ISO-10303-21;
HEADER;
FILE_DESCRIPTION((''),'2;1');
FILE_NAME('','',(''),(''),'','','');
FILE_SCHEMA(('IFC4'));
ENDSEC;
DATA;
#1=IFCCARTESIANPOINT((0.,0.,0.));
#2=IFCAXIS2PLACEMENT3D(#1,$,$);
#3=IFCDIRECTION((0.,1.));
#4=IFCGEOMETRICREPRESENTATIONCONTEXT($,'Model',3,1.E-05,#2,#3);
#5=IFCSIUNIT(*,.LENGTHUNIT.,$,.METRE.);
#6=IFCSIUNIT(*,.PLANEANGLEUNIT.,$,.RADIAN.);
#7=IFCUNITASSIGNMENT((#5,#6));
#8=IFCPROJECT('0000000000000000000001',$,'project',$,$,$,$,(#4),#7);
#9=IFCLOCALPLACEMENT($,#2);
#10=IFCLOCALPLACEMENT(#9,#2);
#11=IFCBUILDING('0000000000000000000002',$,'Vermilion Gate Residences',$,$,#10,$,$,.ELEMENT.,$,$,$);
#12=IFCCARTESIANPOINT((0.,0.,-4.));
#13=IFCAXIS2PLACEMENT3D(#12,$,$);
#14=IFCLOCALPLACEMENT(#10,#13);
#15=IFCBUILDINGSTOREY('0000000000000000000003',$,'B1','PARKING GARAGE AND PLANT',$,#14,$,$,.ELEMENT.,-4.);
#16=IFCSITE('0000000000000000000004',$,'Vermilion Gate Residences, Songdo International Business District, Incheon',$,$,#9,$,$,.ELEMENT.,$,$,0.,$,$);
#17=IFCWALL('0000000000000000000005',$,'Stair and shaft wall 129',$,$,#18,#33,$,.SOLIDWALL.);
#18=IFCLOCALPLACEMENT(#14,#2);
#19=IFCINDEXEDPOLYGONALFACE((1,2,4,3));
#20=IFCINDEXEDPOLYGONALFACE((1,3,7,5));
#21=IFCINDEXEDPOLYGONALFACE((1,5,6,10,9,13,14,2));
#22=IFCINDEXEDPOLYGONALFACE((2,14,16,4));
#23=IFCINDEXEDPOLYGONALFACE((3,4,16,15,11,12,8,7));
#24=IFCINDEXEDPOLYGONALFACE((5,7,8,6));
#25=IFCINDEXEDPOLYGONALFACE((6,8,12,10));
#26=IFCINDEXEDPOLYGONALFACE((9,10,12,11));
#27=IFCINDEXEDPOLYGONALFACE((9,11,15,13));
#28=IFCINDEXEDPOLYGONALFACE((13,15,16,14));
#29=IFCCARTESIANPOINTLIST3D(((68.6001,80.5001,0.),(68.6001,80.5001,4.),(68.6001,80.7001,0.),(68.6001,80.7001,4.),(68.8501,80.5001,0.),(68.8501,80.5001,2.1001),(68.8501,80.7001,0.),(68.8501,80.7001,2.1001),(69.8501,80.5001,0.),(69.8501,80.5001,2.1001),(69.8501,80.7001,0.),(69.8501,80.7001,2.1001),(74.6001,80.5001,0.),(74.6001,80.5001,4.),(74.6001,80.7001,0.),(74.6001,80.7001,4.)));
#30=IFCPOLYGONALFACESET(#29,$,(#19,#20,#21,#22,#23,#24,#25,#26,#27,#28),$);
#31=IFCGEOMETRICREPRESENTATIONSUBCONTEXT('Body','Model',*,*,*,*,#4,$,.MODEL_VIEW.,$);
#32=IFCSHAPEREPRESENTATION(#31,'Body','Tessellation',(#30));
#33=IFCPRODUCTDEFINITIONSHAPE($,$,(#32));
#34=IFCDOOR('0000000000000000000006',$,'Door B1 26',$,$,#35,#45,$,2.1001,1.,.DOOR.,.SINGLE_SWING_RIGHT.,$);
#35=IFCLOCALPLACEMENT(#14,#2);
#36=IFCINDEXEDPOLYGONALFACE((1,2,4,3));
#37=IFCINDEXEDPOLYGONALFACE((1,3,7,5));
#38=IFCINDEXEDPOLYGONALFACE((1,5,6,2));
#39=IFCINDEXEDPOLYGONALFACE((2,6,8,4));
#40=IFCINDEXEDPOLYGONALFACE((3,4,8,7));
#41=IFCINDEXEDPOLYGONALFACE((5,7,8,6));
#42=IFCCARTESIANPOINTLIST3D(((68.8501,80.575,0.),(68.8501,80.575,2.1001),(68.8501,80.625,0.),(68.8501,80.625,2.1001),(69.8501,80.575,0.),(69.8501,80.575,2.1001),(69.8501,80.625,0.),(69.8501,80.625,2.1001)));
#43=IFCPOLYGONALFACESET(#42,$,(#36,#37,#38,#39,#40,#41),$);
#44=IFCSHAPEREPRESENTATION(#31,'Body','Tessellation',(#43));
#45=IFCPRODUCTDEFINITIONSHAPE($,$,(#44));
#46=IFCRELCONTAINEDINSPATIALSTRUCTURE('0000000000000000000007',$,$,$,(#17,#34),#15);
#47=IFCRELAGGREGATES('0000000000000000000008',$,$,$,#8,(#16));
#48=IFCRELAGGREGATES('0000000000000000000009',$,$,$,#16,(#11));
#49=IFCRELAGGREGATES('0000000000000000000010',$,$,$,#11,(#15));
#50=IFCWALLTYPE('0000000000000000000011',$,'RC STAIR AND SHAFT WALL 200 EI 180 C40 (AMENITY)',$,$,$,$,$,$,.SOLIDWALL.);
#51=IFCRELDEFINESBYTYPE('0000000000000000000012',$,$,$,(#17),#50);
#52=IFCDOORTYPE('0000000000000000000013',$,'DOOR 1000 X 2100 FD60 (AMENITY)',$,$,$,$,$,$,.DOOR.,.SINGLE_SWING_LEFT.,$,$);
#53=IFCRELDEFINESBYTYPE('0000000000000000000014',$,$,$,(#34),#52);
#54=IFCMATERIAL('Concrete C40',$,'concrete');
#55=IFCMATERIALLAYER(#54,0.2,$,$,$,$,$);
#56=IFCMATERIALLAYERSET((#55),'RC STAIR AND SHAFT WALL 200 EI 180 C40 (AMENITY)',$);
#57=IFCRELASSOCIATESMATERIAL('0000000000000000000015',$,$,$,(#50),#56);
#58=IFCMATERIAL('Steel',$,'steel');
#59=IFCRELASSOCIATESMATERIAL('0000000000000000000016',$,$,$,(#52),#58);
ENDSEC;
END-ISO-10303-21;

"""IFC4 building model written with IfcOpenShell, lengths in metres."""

from ifc_helpers import new_model, si_unit, direction, frame, frame_2d, origin, place, context, subcontext, project, spatial, rectangle, extrude, material, layer, layer_set, type_object, element, fill, save


model = new_model("IFC4")

# Units and contexts
model_context = context("Model", 3, precision=1e-05, world=origin(), true_north=direction((0.0, 1.0)))
body_context = subcontext(model_context, "Body", "Model", "MODEL_VIEW")
ifc_project = project(units=[si_unit("LENGTHUNIT", "METRE"), si_unit("PLANEANGLEUNIT", "RADIAN")], contexts=[model_context])

# Site, building, storey
site_placement = place(None, origin())
site = spatial("IfcSite", under=ifc_project, at=site_placement, Name="Vermilion Gate Residences, Songdo International Business District, Incheon", CompositionType="ELEMENT", RefElevation=0.0)
building_placement = place(site_placement, origin())
building = spatial("IfcBuilding", under=site, at=building_placement, Name="Vermilion Gate Residences", CompositionType="ELEMENT")
storey_placement = place(building_placement, frame((0.0, 0.0, -4.0)))
storey = spatial("IfcBuildingStorey", under=building, at=storey_placement, Name="B1", Description="PARKING GARAGE AND PLANT", CompositionType="ELEMENT", Elevation=-4.0)

# Shared definitions
ifc_material_1 = material(Name="Concrete C40", Category="concrete")
ifc_layer_1 = layer(ifc_material_1, 0.2)
ifc_layer_set_1 = layer_set([ifc_layer_1], Name="RC STAIR AND SHAFT WALL 200 EI 180 C40 (AMENITY)")
wall_type_1 = type_object("IfcWallType", Name="RC STAIR AND SHAFT WALL 200 EI 180 C40 (AMENITY)", PredefinedType="SOLIDWALL", material=ifc_layer_set_1)

# Shared definitions
ifc_material_2 = material(Name="Steel", Category="steel")
door_type = type_object("IfcDoorType", Name="DOOR 1000 X 2100 FD60 (AMENITY)", OperationType="SINGLE_SWING_LEFT", PredefinedType="DOOR", material=ifc_material_2)

# Wall, opening, door
wall_1_placement = place(storey_placement, frame((68.6001, 80.6001, 0.0), z_axis=(0.0, 0.0, 1.0), x_axis=(1.0, 0.0, 0.0)))
wall_1 = element("IfcWall", 1, at=wall_1_placement, inside=storey, type_object=wall_type_1, Name="Stair and shaft wall 129", PredefinedType="SOLIDWALL", context=body_context, shape_type="SweptSolid", body=[
    extrude(rectangle(XDim=6.0, YDim=0.2, at=frame_2d((3.0, 0.0))), origin(), (0.0, 0.0, 1.0), 4.0),
])
opening_1_placement = place(wall_1_placement, frame((0.25, 0.0, 0.0)))
opening_1 = element("IfcOpeningElement", 2, at=opening_1_placement, cuts=wall_1, PredefinedType="OPENING", context=body_context, shape_type="SweptSolid", body=[
    extrude(rectangle(XDim=1.0, YDim=2.1001, at=frame_2d((0.5, 1.05))), frame((0.0, 0.1099, 0.0), z_axis=(0.0, -1.0, 0.0), x_axis=(1.0, 0.0, 0.0)), (0.0, 0.0, 1.0), 0.22),
])
door_1_placement = place(opening_1_placement, origin())
door_1 = element("IfcDoor", 3, at=door_1_placement, inside=storey, type_object=door_type, Name="Door B1 26", OperationType="SINGLE_SWING_RIGHT", OverallHeight=2.1001, OverallWidth=1.0, PredefinedType="DOOR", context=body_context, shape_type="SweptSolid", body=[
    extrude(rectangle(XDim=1.0, YDim=2.1001, at=frame_2d((0.5, 1.05))), frame((0.0, 0.0249, 0.0), z_axis=(0.0, -1.0, 0.0), x_axis=(1.0, 0.0, 0.0)), (0.0, 0.0, 1.0), 0.05),
])
fill(opening_1, door_1)

save(model, "model.ifc")
